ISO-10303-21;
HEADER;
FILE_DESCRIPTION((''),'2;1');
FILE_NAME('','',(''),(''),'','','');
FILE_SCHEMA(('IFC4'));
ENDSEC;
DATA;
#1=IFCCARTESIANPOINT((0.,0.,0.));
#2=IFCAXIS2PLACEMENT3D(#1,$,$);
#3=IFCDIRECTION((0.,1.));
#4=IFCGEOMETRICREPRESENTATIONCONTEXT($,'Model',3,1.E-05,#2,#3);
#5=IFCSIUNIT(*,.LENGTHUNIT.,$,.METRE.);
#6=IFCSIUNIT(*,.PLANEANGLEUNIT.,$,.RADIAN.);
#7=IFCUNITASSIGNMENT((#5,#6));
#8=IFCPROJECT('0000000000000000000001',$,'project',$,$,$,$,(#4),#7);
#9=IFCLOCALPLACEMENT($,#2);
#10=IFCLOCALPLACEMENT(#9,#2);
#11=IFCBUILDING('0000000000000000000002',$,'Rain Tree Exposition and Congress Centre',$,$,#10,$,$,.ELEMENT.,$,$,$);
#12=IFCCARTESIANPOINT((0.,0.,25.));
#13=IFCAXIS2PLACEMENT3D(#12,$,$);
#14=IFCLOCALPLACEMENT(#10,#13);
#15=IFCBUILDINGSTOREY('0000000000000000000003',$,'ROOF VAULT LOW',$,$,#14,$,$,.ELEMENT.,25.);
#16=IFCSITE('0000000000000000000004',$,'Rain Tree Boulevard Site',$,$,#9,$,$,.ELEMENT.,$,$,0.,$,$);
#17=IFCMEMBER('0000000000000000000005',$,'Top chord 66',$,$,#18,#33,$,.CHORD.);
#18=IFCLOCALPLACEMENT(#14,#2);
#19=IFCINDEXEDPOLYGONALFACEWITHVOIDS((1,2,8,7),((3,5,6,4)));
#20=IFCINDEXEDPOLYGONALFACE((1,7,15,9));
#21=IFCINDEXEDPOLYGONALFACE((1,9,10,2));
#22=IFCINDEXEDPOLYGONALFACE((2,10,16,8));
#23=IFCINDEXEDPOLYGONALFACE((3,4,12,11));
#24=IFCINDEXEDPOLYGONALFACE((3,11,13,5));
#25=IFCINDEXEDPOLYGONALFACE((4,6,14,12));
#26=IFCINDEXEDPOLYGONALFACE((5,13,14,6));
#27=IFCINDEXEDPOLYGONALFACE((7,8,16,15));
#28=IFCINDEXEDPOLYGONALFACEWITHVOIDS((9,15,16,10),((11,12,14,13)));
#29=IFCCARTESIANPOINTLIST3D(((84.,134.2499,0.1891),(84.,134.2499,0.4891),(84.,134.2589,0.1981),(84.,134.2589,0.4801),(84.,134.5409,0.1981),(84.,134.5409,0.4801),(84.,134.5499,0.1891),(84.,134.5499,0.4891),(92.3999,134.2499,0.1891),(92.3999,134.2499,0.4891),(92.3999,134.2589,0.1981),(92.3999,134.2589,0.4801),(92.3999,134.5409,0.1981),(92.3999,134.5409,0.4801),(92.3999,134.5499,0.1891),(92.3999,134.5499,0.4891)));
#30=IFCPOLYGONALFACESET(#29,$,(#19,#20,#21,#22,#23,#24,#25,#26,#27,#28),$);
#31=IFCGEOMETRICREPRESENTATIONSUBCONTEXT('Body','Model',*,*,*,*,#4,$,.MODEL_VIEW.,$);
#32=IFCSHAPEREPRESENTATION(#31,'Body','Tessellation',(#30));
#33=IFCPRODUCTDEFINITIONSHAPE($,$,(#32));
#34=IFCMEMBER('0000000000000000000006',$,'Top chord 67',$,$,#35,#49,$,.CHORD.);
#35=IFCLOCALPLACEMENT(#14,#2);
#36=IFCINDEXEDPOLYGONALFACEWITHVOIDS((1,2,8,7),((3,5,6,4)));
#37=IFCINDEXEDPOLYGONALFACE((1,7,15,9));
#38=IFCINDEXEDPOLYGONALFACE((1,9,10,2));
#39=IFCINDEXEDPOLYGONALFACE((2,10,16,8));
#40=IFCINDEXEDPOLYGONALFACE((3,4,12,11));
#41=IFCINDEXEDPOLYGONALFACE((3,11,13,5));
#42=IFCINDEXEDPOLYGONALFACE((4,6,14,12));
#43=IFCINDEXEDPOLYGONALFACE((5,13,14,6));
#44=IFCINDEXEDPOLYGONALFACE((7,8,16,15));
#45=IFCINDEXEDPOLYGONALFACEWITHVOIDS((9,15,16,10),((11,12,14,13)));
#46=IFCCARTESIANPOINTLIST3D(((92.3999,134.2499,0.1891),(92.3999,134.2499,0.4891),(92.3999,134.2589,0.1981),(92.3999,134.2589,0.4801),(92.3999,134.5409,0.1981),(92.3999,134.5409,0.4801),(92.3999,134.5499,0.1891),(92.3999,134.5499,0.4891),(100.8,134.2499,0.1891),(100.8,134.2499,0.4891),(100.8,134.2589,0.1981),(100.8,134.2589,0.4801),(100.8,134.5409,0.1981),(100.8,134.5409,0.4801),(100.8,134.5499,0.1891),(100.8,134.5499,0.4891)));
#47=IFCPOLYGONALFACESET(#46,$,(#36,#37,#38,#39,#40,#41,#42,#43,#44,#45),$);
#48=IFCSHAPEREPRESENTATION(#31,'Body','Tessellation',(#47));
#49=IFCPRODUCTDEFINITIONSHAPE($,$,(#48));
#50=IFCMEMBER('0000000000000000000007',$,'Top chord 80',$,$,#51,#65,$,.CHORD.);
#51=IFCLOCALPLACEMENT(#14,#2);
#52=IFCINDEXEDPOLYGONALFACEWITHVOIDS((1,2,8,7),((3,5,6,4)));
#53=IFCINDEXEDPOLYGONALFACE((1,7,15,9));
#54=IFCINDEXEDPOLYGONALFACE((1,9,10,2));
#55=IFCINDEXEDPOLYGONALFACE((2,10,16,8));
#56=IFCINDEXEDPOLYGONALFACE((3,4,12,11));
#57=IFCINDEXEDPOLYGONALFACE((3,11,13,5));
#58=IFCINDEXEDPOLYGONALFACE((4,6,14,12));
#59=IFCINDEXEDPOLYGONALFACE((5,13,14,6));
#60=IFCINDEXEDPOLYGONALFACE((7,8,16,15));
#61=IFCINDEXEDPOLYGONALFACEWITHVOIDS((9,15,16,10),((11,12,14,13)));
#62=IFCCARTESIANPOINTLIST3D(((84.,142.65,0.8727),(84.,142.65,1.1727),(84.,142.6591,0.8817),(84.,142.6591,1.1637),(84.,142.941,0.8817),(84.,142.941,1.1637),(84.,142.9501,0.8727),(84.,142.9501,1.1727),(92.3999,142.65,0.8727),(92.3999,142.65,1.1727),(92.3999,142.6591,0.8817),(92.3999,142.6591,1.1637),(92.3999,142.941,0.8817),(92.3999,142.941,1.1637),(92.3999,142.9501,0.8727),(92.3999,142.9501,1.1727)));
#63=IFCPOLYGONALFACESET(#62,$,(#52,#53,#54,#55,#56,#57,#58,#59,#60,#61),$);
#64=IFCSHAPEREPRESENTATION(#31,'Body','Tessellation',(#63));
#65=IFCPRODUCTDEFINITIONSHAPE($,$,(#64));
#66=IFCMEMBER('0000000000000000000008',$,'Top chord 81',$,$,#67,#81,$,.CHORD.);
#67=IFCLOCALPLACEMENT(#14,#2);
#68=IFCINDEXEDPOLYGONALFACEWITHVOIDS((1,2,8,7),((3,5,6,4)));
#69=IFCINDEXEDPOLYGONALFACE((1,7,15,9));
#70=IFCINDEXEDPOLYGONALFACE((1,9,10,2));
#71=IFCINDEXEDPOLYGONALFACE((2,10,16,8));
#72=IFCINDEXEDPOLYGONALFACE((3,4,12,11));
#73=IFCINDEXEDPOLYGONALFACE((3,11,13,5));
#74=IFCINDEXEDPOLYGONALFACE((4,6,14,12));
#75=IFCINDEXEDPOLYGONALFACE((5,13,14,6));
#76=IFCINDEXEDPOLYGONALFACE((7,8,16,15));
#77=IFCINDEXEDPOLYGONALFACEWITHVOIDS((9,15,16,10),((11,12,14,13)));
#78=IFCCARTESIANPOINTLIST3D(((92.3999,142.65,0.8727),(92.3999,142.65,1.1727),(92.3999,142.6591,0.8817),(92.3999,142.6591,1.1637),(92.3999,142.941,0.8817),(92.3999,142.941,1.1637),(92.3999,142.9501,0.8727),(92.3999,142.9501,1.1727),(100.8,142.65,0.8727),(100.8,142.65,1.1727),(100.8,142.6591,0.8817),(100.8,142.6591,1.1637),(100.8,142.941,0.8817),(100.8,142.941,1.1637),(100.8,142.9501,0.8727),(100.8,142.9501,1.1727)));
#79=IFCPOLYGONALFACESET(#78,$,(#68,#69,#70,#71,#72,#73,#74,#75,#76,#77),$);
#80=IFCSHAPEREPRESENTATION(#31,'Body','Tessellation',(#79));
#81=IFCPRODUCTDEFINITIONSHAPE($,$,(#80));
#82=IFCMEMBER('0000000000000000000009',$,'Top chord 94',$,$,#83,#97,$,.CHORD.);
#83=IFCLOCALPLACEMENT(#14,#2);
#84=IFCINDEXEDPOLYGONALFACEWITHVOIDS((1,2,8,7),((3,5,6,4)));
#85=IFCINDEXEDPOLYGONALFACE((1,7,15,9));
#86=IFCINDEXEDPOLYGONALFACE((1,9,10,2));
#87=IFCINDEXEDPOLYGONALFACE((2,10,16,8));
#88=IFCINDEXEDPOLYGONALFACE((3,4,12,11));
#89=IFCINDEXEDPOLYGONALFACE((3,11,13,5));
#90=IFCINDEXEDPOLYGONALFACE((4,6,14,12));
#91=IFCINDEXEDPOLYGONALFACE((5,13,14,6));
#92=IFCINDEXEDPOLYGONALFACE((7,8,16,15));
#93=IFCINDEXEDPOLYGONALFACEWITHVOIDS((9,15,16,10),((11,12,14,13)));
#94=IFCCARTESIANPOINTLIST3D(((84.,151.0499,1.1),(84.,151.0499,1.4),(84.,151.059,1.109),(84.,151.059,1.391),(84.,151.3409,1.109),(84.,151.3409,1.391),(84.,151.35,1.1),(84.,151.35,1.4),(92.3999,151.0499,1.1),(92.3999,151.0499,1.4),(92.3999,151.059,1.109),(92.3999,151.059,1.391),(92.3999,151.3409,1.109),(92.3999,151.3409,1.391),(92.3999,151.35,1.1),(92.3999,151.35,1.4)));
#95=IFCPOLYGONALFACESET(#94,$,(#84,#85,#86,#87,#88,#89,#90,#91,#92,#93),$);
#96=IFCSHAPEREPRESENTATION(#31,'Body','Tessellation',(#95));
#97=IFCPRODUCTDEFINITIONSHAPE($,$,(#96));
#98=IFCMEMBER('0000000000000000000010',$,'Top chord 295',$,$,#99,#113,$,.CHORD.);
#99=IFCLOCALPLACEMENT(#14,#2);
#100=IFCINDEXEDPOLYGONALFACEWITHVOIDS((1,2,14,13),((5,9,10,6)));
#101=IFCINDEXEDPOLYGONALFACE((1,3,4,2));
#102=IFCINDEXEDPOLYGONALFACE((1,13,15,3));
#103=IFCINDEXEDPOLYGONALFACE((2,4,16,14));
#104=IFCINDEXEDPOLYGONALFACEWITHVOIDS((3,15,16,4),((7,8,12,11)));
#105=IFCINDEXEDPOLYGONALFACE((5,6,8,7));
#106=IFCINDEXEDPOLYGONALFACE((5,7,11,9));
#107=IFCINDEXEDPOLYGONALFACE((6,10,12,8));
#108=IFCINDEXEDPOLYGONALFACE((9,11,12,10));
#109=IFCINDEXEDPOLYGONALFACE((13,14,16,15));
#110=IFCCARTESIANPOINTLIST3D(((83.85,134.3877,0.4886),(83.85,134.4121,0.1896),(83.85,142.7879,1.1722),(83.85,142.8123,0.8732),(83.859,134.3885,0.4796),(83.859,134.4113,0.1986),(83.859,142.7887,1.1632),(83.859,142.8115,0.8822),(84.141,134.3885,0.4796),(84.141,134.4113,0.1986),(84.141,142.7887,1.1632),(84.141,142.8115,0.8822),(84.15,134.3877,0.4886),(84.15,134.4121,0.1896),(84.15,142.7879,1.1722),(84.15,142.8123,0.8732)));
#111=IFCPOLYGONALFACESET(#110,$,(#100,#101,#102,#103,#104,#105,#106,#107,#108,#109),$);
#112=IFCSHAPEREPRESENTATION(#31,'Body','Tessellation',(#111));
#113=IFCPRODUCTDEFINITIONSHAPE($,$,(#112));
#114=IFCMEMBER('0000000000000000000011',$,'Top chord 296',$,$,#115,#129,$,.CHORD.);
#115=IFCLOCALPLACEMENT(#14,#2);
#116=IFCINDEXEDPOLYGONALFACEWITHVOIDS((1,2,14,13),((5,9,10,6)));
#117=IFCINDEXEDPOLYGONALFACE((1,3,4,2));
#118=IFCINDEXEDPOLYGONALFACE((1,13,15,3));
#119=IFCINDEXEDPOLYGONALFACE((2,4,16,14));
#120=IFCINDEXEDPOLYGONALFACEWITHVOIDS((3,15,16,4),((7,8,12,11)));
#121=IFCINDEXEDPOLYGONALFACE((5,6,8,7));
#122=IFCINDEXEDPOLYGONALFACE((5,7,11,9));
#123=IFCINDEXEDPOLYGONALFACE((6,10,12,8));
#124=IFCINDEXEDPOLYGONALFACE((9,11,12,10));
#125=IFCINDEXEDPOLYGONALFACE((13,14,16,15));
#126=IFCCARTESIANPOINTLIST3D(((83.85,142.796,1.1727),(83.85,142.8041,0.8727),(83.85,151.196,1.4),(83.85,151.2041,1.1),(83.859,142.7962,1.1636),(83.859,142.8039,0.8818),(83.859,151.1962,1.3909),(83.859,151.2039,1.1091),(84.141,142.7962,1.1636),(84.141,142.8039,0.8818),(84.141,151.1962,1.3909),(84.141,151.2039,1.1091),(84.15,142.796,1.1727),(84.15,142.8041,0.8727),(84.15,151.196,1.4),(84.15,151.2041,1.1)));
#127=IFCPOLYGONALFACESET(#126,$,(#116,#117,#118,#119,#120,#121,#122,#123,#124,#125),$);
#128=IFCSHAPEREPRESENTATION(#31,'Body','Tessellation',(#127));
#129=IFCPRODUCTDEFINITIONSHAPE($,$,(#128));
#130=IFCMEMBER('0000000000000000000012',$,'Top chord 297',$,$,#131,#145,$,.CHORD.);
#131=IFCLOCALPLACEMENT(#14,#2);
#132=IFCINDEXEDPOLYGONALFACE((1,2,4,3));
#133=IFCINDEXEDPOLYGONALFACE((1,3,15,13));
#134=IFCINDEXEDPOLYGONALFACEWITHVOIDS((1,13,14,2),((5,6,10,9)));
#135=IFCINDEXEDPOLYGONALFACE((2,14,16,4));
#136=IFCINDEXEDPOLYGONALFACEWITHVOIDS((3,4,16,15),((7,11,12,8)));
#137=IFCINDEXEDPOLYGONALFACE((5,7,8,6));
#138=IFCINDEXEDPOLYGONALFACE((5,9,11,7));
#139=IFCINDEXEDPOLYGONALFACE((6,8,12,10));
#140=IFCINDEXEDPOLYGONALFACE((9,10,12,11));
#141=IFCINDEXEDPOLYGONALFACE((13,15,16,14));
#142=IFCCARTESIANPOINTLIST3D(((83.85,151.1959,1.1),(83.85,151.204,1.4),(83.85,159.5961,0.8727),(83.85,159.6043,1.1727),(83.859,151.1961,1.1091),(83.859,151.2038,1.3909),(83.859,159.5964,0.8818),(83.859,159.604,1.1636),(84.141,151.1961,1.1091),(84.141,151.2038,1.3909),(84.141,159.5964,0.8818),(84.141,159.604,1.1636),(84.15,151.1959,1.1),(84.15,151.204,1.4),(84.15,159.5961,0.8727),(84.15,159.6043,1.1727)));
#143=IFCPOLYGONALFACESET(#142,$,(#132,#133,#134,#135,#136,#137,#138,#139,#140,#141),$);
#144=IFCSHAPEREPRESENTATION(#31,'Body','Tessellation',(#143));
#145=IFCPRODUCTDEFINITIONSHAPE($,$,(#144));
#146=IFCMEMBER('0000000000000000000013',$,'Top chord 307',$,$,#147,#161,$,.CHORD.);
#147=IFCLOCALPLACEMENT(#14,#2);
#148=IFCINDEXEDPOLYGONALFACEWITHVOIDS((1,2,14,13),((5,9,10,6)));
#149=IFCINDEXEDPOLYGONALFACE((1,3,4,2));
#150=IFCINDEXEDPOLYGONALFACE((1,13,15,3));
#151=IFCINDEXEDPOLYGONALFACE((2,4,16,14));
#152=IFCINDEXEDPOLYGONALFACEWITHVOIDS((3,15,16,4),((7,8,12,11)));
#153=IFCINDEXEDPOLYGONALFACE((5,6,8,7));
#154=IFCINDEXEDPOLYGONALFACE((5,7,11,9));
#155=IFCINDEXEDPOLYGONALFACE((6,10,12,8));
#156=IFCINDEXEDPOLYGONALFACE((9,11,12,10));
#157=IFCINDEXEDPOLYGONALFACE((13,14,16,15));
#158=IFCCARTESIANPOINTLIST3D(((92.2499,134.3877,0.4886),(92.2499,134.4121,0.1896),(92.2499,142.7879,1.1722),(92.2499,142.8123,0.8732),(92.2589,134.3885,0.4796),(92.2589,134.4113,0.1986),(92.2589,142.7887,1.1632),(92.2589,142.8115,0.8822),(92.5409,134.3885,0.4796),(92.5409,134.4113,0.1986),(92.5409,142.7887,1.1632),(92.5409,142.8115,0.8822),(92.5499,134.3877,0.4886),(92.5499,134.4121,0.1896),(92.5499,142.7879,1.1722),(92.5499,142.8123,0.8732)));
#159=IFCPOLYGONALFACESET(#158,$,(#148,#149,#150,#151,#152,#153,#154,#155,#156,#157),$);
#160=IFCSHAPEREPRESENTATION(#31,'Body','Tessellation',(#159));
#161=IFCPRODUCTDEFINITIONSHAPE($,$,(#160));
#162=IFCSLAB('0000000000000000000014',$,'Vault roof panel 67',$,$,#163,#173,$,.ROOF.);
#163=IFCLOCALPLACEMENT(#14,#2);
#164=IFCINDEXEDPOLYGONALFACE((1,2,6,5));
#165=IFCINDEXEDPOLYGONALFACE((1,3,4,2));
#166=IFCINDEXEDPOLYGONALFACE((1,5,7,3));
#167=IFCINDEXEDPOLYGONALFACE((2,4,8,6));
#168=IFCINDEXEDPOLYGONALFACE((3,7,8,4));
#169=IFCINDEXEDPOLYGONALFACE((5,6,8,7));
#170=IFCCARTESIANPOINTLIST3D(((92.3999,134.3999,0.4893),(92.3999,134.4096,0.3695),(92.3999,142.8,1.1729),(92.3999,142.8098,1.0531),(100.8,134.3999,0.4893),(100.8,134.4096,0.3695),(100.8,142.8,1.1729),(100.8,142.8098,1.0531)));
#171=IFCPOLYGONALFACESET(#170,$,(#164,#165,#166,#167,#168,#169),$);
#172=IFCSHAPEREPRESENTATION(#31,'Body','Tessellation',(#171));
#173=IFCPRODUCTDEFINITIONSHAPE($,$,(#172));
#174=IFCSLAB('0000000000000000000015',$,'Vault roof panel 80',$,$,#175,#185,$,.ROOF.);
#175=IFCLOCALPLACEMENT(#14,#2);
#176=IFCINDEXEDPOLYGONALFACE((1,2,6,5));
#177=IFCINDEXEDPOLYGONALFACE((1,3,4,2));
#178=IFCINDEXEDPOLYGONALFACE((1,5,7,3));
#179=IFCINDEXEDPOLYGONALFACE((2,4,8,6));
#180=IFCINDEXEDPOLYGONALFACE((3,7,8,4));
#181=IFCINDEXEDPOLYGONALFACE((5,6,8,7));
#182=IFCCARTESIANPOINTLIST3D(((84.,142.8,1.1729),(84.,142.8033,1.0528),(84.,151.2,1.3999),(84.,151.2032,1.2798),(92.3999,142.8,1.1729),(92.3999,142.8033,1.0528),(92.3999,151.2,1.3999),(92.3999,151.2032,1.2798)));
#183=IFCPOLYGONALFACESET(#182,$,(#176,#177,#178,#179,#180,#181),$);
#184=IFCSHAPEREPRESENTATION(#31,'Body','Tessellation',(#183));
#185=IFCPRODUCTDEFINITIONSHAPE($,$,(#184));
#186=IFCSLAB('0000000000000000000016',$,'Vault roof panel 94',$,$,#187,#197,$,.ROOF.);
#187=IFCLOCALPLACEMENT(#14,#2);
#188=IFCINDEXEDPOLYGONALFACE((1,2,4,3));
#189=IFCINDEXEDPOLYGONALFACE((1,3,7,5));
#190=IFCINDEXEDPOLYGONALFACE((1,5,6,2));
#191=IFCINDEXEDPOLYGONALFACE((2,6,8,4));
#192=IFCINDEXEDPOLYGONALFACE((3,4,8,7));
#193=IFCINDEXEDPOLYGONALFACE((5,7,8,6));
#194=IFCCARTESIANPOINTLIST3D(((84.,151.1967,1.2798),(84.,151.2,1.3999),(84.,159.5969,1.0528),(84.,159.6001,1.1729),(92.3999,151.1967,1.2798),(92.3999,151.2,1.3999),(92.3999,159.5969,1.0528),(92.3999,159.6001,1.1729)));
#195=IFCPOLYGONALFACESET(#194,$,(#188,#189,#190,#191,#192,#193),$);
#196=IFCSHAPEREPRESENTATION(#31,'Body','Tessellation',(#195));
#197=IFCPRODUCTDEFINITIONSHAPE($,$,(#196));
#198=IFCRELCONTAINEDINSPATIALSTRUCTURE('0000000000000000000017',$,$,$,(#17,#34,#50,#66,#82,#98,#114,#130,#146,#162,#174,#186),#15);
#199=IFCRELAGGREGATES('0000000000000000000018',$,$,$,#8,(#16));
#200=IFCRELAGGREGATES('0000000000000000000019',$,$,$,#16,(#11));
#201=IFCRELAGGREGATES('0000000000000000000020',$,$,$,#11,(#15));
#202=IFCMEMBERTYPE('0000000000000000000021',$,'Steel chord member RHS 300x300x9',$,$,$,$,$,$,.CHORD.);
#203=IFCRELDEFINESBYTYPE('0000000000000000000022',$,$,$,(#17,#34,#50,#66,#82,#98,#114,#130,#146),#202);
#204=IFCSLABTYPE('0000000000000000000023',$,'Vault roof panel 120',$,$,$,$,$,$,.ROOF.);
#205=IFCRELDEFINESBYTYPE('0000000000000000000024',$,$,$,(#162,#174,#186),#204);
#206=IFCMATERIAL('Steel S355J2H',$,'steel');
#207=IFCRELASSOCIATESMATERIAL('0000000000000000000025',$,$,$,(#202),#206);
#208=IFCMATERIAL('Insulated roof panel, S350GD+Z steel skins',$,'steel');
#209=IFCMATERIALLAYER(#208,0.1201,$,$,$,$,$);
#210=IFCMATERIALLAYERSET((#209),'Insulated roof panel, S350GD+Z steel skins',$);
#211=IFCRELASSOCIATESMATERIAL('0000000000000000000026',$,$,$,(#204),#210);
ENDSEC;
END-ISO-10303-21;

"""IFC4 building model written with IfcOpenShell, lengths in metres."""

from ifc_helpers import new_model, si_unit, direction, frame, origin, origin_2d, place, context, subcontext, project, spatial, polyline, hollow_rectangle, outline, extrude, material, layer, layer_set, material_profile, profile_set, type_object, element, save


model = new_model("IFC4")

# Units and contexts
model_context = context("Model", 3, precision=1e-05, world=origin(), true_north=direction((0.0, 1.0)))
body_context = subcontext(model_context, "Body", "Model", "MODEL_VIEW")
ifc_project = project(units=[si_unit("LENGTHUNIT", "METRE"), si_unit("PLANEANGLEUNIT", "RADIAN")], contexts=[model_context])

# Site, building, storey
site_placement = place(None, origin())
site = spatial("IfcSite", under=ifc_project, at=site_placement, Name="Rain Tree Boulevard Site", CompositionType="ELEMENT", RefElevation=0.0)
building_placement = place(site_placement, origin())
building = spatial("IfcBuilding", under=site, at=building_placement, Name="Rain Tree Exposition and Congress Centre", CompositionType="ELEMENT")
storey_placement = place(building_placement, frame((0.0, 0.0, 25.0)))
storey = spatial("IfcBuildingStorey", under=building, at=storey_placement, Name="ROOF VAULT LOW", CompositionType="ELEMENT", Elevation=25.0)

# Members
ifc_material_1 = material(Name="Steel S355J2H", Category="steel")
ifc_material_profile_1 = material_profile(ifc_material_1, hollow_rectangle(XDim=0.3, YDim=0.3, WallThickness=0.009, at=origin_2d()), Name="RHS 300x300x9")
ifc_profile_set_1 = profile_set([ifc_material_profile_1], Name="Steel S355J2H")
member_type = type_object("IfcMemberType", Name="Steel chord member RHS 300x300x9", PredefinedType="CHORD", material=ifc_profile_set_1)
member_1_placement = place(storey_placement, frame((84.0, 134.3999, 0.3391), z_axis=(1.0, 0.0, 0.0), x_axis=(0.0, 1.0, 0.0)))
element("IfcMember", 1, at=member_1_placement, inside=storey, type_object=member_type, Name="Top chord 66", PredefinedType="CHORD", context=body_context, shape_type="SweptSolid", body=[
    extrude(hollow_rectangle(XDim=0.3, YDim=0.3, WallThickness=0.009, at=origin_2d()), origin(), (0.0, 0.0, 1.0), 8.3999),
])
member_2_placement = place(storey_placement, frame((92.3999, 134.3999, 0.3391), z_axis=(1.0, 0.0, 0.0), x_axis=(0.0, 1.0, 0.0)))
element("IfcMember", 2, at=member_2_placement, inside=storey, type_object=member_type, Name="Top chord 67", PredefinedType="CHORD", context=body_context, shape_type="SweptSolid", body=[
    extrude(hollow_rectangle(XDim=0.3, YDim=0.3, WallThickness=0.009, at=origin_2d()), origin(), (0.0, 0.0, 1.0), 8.4001),
])
member_3_placement = place(storey_placement, frame((84.0, 142.8, 1.0227), z_axis=(1.0, 0.0, 0.0), x_axis=(0.0, 1.0, 0.0)))
element("IfcMember", 3, at=member_3_placement, inside=storey, type_object=member_type, Name="Top chord 80", PredefinedType="CHORD", context=body_context, shape_type="SweptSolid", body=[
    extrude(hollow_rectangle(XDim=0.3, YDim=0.3, WallThickness=0.009, at=origin_2d()), origin(), (0.0, 0.0, 1.0), 8.3999),
])
member_4_placement = place(storey_placement, frame((92.3999, 142.8, 1.0227), z_axis=(1.0, 0.0, 0.0), x_axis=(0.0, 1.0, 0.0)))
element("IfcMember", 4, at=member_4_placement, inside=storey, type_object=member_type, Name="Top chord 81", PredefinedType="CHORD", context=body_context, shape_type="SweptSolid", body=[
    extrude(hollow_rectangle(XDim=0.3, YDim=0.3, WallThickness=0.009, at=origin_2d()), origin(), (0.0, 0.0, 1.0), 8.4001),
])
member_5_placement = place(storey_placement, frame((84.0, 151.2, 1.25), z_axis=(1.0, 0.0, 0.0), x_axis=(0.0, 1.0, 0.0)))
element("IfcMember", 5, at=member_5_placement, inside=storey, type_object=member_type, Name="Top chord 94", PredefinedType="CHORD", context=body_context, shape_type="SweptSolid", body=[
    extrude(hollow_rectangle(XDim=0.3, YDim=0.3, WallThickness=0.009, at=origin_2d()), origin(), (0.0, 0.0, 1.0), 8.3999),
])
member_6_placement = place(storey_placement, frame((84.0, 134.3999, 0.3391), z_axis=(0.0, 0.996705, 0.081111), x_axis=(-1.0, 0.0, 0.0)))
element("IfcMember", 6, at=member_6_placement, inside=storey, type_object=member_type, Name="Top chord 295", PredefinedType="CHORD", context=body_context, shape_type="SweptSolid", body=[
    extrude(hollow_rectangle(XDim=0.3, YDim=0.3, WallThickness=0.009, at=origin_2d()), origin(), (0.0, 0.0, 1.0), 8.428),
])
member_7_placement = place(storey_placement, frame((84.0, 142.8, 1.0227), z_axis=(0.0, 0.999634, 0.027049), x_axis=(-1.0, 0.0, 0.0)))
element("IfcMember", 7, at=member_7_placement, inside=storey, type_object=member_type, Name="Top chord 296", PredefinedType="CHORD", context=body_context, shape_type="SweptSolid", body=[
    extrude(hollow_rectangle(XDim=0.3, YDim=0.3, WallThickness=0.009, at=origin_2d()), origin(), (0.0, 0.0, 1.0), 8.4031),
])
member_8_placement = place(storey_placement, frame((84.0, 151.2, 1.25), z_axis=(0.0, 0.999634, -0.027049), x_axis=(-1.0, 0.0, 0.0)))
element("IfcMember", 8, at=member_8_placement, inside=storey, type_object=member_type, Name="Top chord 297", PredefinedType="CHORD", context=body_context, shape_type="SweptSolid", body=[
    extrude(hollow_rectangle(XDim=0.3, YDim=0.3, WallThickness=0.009, at=origin_2d()), origin(), (0.0, 0.0, 1.0), 8.4033),
])
member_9_placement = place(storey_placement, frame((92.3999, 134.3999, 0.3391), z_axis=(0.0, 0.996705, 0.081111), x_axis=(-1.0, 0.0, 0.0)))
element("IfcMember", 9, at=member_9_placement, inside=storey, type_object=member_type, Name="Top chord 307", PredefinedType="CHORD", context=body_context, shape_type="SweptSolid", body=[
    extrude(hollow_rectangle(XDim=0.3, YDim=0.3, WallThickness=0.009, at=origin_2d()), origin(), (0.0, 0.0, 1.0), 8.428),
])

# Slabs
ifc_material_2 = material(Name="Insulated roof panel, S350GD+Z steel skins", Category="steel")
ifc_layer_1 = layer(ifc_material_2, 0.1201)
ifc_layer_set_1 = layer_set([ifc_layer_1], Name="Insulated roof panel, S350GD+Z steel skins")
slab_type_1 = type_object("IfcSlabType", Name="Vault roof panel 120", PredefinedType="ROOF", material=ifc_layer_set_1)
slab_1_placement = place(storey_placement, frame((92.3999, 134.3999, 0.4893), z_axis=(0.0, -0.081111, 0.996705), x_axis=(1.0, 0.0, 0.0)))
element("IfcSlab", 10, at=slab_1_placement, inside=storey, type_object=slab_type_1, Name="Vault roof panel 67", PredefinedType="ROOF", context=body_context, shape_type="SweptSolid", body=[
    extrude(outline(polyline([(0.0, 0.0), (8.4001, 0.0), (8.4001, 8.4279), (0.0, 8.4279), (0.0, 0.0)])), origin(), (0.0, 0.0, -1.0), 0.1201),
])
slab_2_placement = place(storey_placement, frame((84.0, 142.8, 1.1729), z_axis=(0.0, -0.02702, 0.999635), x_axis=(1.0, 0.0, 0.0)))
element("IfcSlab", 11, at=slab_2_placement, inside=storey, type_object=slab_type_1, Name="Vault roof panel 80", PredefinedType="ROOF", context=body_context, shape_type="SweptSolid", body=[
    extrude(outline(polyline([(0.0, 0.0), (8.3999, 0.0), (8.3999, 8.403), (0.0, 8.403), (0.0, 0.0)])), origin(), (0.0, 0.0, -1.0), 0.1201),
])
slab_3_placement = place(storey_placement, frame((84.0, 151.2, 1.3999), z_axis=(0.0, 0.02702, 0.999635), x_axis=(1.0, 0.0, 0.0)))
element("IfcSlab", 12, at=slab_3_placement, inside=storey, type_object=slab_type_1, Name="Vault roof panel 94", PredefinedType="ROOF", context=body_context, shape_type="SweptSolid", body=[
    extrude(outline(polyline([(0.0, 0.0), (8.3999, 0.0), (8.3999, 8.4032), (0.0, 8.4032), (0.0, 0.0)])), origin(), (0.0, 0.0, -1.0), 0.1201),
])

save(model, "model.ifc")
